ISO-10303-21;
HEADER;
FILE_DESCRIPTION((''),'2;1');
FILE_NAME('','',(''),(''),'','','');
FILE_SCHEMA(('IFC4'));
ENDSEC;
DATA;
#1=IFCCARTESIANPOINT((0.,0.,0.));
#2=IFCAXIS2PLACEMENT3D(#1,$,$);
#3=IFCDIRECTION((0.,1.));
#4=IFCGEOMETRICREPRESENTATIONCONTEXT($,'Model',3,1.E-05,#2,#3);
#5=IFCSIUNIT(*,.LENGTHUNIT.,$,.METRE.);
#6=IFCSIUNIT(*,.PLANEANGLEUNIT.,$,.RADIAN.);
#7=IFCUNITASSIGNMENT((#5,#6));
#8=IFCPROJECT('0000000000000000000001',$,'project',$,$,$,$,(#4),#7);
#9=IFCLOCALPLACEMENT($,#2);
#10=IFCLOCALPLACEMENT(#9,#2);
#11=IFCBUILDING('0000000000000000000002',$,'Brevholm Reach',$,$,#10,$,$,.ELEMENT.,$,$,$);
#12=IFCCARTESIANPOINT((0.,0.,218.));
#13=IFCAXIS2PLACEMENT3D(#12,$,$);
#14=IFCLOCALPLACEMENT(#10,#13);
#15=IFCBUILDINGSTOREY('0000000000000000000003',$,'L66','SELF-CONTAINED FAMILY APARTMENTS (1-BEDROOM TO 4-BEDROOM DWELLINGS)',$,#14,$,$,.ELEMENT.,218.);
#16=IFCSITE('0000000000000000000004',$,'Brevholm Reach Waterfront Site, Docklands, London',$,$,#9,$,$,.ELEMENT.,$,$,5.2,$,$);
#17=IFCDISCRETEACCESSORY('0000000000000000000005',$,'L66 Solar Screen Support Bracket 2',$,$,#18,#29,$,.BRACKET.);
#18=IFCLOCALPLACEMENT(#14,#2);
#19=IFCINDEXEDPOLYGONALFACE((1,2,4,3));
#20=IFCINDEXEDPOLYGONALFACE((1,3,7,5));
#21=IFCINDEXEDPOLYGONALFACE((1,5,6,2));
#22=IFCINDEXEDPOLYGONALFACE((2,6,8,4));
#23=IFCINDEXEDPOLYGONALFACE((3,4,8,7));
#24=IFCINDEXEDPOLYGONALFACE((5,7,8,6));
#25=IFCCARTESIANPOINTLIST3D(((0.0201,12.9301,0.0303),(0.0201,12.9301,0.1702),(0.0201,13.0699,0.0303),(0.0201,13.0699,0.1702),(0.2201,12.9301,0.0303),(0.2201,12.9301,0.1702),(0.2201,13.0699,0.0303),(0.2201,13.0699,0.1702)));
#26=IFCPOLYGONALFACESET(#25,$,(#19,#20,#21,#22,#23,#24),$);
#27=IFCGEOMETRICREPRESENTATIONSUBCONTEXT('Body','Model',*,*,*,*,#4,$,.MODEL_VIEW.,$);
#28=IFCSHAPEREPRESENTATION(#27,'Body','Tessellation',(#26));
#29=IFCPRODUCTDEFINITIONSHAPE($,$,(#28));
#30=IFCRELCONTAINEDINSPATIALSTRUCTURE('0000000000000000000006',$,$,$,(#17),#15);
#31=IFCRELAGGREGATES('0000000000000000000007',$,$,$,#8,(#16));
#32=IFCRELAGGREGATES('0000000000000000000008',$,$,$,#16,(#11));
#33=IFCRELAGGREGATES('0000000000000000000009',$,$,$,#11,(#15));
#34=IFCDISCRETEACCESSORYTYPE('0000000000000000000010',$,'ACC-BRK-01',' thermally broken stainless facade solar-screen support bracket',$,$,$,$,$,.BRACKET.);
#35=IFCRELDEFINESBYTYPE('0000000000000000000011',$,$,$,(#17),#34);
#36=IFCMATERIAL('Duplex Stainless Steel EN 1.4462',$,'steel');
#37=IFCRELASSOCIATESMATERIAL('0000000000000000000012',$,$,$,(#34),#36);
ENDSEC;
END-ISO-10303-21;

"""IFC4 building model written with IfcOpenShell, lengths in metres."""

from ifc_helpers import new_model, si_unit, direction, frame, origin, origin_2d, place, context, subcontext, project, spatial, rectangle, extrude, material, type_object, element, save


model = new_model("IFC4")

# Units and contexts
model_context = context("Model", 3, precision=1e-05, world=origin(), true_north=direction((0.0, 1.0)))
body_context = subcontext(model_context, "Body", "Model", "MODEL_VIEW")
ifc_project = project(units=[si_unit("LENGTHUNIT", "METRE"), si_unit("PLANEANGLEUNIT", "RADIAN")], contexts=[model_context])

# Site, building, storey
site_placement = place(None, origin())
site = spatial("IfcSite", under=ifc_project, at=site_placement, Name="Brevholm Reach Waterfront Site, Docklands, London", CompositionType="ELEMENT", RefElevation=5.2)
building_placement = place(site_placement, origin())
building = spatial("IfcBuilding", under=site, at=building_placement, Name="Brevholm Reach", CompositionType="ELEMENT")
storey_placement = place(building_placement, frame((0.0, 0.0, 218.0)))
storey = spatial("IfcBuildingStorey", under=building, at=storey_placement, Name="L66", Description="SELF-CONTAINED FAMILY APARTMENTS (1-BEDROOM TO 4-BEDROOM DWELLINGS)", CompositionType="ELEMENT", Elevation=218.0)

# Discrete accessory
ifc_material_1 = material(Name="Duplex Stainless Steel EN 1.4462", Category="steel")
discrete_accessory_type = type_object("IfcDiscreteAccessoryType", Name="ACC-BRK-01", Description=" thermally broken stainless facade solar-screen support bracket", PredefinedType="BRACKET", material=ifc_material_1)
for number, where, z_axis, x_axis, name in (
    (1, (0.1201, 13.0, 0.0303), (0.0, 0.0, 1.0), (-1.0, 0.0, 0.0), "L66 Solar Screen Support Bracket 2"),
):
    element("IfcDiscreteAccessory", number, at=place(storey_placement, frame(where, z_axis=z_axis, x_axis=x_axis)), inside=storey, type_object=discrete_accessory_type, Name=name, PredefinedType="BRACKET", context=body_context, shape_type="SweptSolid", body=[
        extrude(rectangle(XDim=0.2, YDim=0.1399, at=origin_2d()), origin(), (0.0, 0.0, 1.0), 0.1399),
    ])

save(model, "model.ifc")
